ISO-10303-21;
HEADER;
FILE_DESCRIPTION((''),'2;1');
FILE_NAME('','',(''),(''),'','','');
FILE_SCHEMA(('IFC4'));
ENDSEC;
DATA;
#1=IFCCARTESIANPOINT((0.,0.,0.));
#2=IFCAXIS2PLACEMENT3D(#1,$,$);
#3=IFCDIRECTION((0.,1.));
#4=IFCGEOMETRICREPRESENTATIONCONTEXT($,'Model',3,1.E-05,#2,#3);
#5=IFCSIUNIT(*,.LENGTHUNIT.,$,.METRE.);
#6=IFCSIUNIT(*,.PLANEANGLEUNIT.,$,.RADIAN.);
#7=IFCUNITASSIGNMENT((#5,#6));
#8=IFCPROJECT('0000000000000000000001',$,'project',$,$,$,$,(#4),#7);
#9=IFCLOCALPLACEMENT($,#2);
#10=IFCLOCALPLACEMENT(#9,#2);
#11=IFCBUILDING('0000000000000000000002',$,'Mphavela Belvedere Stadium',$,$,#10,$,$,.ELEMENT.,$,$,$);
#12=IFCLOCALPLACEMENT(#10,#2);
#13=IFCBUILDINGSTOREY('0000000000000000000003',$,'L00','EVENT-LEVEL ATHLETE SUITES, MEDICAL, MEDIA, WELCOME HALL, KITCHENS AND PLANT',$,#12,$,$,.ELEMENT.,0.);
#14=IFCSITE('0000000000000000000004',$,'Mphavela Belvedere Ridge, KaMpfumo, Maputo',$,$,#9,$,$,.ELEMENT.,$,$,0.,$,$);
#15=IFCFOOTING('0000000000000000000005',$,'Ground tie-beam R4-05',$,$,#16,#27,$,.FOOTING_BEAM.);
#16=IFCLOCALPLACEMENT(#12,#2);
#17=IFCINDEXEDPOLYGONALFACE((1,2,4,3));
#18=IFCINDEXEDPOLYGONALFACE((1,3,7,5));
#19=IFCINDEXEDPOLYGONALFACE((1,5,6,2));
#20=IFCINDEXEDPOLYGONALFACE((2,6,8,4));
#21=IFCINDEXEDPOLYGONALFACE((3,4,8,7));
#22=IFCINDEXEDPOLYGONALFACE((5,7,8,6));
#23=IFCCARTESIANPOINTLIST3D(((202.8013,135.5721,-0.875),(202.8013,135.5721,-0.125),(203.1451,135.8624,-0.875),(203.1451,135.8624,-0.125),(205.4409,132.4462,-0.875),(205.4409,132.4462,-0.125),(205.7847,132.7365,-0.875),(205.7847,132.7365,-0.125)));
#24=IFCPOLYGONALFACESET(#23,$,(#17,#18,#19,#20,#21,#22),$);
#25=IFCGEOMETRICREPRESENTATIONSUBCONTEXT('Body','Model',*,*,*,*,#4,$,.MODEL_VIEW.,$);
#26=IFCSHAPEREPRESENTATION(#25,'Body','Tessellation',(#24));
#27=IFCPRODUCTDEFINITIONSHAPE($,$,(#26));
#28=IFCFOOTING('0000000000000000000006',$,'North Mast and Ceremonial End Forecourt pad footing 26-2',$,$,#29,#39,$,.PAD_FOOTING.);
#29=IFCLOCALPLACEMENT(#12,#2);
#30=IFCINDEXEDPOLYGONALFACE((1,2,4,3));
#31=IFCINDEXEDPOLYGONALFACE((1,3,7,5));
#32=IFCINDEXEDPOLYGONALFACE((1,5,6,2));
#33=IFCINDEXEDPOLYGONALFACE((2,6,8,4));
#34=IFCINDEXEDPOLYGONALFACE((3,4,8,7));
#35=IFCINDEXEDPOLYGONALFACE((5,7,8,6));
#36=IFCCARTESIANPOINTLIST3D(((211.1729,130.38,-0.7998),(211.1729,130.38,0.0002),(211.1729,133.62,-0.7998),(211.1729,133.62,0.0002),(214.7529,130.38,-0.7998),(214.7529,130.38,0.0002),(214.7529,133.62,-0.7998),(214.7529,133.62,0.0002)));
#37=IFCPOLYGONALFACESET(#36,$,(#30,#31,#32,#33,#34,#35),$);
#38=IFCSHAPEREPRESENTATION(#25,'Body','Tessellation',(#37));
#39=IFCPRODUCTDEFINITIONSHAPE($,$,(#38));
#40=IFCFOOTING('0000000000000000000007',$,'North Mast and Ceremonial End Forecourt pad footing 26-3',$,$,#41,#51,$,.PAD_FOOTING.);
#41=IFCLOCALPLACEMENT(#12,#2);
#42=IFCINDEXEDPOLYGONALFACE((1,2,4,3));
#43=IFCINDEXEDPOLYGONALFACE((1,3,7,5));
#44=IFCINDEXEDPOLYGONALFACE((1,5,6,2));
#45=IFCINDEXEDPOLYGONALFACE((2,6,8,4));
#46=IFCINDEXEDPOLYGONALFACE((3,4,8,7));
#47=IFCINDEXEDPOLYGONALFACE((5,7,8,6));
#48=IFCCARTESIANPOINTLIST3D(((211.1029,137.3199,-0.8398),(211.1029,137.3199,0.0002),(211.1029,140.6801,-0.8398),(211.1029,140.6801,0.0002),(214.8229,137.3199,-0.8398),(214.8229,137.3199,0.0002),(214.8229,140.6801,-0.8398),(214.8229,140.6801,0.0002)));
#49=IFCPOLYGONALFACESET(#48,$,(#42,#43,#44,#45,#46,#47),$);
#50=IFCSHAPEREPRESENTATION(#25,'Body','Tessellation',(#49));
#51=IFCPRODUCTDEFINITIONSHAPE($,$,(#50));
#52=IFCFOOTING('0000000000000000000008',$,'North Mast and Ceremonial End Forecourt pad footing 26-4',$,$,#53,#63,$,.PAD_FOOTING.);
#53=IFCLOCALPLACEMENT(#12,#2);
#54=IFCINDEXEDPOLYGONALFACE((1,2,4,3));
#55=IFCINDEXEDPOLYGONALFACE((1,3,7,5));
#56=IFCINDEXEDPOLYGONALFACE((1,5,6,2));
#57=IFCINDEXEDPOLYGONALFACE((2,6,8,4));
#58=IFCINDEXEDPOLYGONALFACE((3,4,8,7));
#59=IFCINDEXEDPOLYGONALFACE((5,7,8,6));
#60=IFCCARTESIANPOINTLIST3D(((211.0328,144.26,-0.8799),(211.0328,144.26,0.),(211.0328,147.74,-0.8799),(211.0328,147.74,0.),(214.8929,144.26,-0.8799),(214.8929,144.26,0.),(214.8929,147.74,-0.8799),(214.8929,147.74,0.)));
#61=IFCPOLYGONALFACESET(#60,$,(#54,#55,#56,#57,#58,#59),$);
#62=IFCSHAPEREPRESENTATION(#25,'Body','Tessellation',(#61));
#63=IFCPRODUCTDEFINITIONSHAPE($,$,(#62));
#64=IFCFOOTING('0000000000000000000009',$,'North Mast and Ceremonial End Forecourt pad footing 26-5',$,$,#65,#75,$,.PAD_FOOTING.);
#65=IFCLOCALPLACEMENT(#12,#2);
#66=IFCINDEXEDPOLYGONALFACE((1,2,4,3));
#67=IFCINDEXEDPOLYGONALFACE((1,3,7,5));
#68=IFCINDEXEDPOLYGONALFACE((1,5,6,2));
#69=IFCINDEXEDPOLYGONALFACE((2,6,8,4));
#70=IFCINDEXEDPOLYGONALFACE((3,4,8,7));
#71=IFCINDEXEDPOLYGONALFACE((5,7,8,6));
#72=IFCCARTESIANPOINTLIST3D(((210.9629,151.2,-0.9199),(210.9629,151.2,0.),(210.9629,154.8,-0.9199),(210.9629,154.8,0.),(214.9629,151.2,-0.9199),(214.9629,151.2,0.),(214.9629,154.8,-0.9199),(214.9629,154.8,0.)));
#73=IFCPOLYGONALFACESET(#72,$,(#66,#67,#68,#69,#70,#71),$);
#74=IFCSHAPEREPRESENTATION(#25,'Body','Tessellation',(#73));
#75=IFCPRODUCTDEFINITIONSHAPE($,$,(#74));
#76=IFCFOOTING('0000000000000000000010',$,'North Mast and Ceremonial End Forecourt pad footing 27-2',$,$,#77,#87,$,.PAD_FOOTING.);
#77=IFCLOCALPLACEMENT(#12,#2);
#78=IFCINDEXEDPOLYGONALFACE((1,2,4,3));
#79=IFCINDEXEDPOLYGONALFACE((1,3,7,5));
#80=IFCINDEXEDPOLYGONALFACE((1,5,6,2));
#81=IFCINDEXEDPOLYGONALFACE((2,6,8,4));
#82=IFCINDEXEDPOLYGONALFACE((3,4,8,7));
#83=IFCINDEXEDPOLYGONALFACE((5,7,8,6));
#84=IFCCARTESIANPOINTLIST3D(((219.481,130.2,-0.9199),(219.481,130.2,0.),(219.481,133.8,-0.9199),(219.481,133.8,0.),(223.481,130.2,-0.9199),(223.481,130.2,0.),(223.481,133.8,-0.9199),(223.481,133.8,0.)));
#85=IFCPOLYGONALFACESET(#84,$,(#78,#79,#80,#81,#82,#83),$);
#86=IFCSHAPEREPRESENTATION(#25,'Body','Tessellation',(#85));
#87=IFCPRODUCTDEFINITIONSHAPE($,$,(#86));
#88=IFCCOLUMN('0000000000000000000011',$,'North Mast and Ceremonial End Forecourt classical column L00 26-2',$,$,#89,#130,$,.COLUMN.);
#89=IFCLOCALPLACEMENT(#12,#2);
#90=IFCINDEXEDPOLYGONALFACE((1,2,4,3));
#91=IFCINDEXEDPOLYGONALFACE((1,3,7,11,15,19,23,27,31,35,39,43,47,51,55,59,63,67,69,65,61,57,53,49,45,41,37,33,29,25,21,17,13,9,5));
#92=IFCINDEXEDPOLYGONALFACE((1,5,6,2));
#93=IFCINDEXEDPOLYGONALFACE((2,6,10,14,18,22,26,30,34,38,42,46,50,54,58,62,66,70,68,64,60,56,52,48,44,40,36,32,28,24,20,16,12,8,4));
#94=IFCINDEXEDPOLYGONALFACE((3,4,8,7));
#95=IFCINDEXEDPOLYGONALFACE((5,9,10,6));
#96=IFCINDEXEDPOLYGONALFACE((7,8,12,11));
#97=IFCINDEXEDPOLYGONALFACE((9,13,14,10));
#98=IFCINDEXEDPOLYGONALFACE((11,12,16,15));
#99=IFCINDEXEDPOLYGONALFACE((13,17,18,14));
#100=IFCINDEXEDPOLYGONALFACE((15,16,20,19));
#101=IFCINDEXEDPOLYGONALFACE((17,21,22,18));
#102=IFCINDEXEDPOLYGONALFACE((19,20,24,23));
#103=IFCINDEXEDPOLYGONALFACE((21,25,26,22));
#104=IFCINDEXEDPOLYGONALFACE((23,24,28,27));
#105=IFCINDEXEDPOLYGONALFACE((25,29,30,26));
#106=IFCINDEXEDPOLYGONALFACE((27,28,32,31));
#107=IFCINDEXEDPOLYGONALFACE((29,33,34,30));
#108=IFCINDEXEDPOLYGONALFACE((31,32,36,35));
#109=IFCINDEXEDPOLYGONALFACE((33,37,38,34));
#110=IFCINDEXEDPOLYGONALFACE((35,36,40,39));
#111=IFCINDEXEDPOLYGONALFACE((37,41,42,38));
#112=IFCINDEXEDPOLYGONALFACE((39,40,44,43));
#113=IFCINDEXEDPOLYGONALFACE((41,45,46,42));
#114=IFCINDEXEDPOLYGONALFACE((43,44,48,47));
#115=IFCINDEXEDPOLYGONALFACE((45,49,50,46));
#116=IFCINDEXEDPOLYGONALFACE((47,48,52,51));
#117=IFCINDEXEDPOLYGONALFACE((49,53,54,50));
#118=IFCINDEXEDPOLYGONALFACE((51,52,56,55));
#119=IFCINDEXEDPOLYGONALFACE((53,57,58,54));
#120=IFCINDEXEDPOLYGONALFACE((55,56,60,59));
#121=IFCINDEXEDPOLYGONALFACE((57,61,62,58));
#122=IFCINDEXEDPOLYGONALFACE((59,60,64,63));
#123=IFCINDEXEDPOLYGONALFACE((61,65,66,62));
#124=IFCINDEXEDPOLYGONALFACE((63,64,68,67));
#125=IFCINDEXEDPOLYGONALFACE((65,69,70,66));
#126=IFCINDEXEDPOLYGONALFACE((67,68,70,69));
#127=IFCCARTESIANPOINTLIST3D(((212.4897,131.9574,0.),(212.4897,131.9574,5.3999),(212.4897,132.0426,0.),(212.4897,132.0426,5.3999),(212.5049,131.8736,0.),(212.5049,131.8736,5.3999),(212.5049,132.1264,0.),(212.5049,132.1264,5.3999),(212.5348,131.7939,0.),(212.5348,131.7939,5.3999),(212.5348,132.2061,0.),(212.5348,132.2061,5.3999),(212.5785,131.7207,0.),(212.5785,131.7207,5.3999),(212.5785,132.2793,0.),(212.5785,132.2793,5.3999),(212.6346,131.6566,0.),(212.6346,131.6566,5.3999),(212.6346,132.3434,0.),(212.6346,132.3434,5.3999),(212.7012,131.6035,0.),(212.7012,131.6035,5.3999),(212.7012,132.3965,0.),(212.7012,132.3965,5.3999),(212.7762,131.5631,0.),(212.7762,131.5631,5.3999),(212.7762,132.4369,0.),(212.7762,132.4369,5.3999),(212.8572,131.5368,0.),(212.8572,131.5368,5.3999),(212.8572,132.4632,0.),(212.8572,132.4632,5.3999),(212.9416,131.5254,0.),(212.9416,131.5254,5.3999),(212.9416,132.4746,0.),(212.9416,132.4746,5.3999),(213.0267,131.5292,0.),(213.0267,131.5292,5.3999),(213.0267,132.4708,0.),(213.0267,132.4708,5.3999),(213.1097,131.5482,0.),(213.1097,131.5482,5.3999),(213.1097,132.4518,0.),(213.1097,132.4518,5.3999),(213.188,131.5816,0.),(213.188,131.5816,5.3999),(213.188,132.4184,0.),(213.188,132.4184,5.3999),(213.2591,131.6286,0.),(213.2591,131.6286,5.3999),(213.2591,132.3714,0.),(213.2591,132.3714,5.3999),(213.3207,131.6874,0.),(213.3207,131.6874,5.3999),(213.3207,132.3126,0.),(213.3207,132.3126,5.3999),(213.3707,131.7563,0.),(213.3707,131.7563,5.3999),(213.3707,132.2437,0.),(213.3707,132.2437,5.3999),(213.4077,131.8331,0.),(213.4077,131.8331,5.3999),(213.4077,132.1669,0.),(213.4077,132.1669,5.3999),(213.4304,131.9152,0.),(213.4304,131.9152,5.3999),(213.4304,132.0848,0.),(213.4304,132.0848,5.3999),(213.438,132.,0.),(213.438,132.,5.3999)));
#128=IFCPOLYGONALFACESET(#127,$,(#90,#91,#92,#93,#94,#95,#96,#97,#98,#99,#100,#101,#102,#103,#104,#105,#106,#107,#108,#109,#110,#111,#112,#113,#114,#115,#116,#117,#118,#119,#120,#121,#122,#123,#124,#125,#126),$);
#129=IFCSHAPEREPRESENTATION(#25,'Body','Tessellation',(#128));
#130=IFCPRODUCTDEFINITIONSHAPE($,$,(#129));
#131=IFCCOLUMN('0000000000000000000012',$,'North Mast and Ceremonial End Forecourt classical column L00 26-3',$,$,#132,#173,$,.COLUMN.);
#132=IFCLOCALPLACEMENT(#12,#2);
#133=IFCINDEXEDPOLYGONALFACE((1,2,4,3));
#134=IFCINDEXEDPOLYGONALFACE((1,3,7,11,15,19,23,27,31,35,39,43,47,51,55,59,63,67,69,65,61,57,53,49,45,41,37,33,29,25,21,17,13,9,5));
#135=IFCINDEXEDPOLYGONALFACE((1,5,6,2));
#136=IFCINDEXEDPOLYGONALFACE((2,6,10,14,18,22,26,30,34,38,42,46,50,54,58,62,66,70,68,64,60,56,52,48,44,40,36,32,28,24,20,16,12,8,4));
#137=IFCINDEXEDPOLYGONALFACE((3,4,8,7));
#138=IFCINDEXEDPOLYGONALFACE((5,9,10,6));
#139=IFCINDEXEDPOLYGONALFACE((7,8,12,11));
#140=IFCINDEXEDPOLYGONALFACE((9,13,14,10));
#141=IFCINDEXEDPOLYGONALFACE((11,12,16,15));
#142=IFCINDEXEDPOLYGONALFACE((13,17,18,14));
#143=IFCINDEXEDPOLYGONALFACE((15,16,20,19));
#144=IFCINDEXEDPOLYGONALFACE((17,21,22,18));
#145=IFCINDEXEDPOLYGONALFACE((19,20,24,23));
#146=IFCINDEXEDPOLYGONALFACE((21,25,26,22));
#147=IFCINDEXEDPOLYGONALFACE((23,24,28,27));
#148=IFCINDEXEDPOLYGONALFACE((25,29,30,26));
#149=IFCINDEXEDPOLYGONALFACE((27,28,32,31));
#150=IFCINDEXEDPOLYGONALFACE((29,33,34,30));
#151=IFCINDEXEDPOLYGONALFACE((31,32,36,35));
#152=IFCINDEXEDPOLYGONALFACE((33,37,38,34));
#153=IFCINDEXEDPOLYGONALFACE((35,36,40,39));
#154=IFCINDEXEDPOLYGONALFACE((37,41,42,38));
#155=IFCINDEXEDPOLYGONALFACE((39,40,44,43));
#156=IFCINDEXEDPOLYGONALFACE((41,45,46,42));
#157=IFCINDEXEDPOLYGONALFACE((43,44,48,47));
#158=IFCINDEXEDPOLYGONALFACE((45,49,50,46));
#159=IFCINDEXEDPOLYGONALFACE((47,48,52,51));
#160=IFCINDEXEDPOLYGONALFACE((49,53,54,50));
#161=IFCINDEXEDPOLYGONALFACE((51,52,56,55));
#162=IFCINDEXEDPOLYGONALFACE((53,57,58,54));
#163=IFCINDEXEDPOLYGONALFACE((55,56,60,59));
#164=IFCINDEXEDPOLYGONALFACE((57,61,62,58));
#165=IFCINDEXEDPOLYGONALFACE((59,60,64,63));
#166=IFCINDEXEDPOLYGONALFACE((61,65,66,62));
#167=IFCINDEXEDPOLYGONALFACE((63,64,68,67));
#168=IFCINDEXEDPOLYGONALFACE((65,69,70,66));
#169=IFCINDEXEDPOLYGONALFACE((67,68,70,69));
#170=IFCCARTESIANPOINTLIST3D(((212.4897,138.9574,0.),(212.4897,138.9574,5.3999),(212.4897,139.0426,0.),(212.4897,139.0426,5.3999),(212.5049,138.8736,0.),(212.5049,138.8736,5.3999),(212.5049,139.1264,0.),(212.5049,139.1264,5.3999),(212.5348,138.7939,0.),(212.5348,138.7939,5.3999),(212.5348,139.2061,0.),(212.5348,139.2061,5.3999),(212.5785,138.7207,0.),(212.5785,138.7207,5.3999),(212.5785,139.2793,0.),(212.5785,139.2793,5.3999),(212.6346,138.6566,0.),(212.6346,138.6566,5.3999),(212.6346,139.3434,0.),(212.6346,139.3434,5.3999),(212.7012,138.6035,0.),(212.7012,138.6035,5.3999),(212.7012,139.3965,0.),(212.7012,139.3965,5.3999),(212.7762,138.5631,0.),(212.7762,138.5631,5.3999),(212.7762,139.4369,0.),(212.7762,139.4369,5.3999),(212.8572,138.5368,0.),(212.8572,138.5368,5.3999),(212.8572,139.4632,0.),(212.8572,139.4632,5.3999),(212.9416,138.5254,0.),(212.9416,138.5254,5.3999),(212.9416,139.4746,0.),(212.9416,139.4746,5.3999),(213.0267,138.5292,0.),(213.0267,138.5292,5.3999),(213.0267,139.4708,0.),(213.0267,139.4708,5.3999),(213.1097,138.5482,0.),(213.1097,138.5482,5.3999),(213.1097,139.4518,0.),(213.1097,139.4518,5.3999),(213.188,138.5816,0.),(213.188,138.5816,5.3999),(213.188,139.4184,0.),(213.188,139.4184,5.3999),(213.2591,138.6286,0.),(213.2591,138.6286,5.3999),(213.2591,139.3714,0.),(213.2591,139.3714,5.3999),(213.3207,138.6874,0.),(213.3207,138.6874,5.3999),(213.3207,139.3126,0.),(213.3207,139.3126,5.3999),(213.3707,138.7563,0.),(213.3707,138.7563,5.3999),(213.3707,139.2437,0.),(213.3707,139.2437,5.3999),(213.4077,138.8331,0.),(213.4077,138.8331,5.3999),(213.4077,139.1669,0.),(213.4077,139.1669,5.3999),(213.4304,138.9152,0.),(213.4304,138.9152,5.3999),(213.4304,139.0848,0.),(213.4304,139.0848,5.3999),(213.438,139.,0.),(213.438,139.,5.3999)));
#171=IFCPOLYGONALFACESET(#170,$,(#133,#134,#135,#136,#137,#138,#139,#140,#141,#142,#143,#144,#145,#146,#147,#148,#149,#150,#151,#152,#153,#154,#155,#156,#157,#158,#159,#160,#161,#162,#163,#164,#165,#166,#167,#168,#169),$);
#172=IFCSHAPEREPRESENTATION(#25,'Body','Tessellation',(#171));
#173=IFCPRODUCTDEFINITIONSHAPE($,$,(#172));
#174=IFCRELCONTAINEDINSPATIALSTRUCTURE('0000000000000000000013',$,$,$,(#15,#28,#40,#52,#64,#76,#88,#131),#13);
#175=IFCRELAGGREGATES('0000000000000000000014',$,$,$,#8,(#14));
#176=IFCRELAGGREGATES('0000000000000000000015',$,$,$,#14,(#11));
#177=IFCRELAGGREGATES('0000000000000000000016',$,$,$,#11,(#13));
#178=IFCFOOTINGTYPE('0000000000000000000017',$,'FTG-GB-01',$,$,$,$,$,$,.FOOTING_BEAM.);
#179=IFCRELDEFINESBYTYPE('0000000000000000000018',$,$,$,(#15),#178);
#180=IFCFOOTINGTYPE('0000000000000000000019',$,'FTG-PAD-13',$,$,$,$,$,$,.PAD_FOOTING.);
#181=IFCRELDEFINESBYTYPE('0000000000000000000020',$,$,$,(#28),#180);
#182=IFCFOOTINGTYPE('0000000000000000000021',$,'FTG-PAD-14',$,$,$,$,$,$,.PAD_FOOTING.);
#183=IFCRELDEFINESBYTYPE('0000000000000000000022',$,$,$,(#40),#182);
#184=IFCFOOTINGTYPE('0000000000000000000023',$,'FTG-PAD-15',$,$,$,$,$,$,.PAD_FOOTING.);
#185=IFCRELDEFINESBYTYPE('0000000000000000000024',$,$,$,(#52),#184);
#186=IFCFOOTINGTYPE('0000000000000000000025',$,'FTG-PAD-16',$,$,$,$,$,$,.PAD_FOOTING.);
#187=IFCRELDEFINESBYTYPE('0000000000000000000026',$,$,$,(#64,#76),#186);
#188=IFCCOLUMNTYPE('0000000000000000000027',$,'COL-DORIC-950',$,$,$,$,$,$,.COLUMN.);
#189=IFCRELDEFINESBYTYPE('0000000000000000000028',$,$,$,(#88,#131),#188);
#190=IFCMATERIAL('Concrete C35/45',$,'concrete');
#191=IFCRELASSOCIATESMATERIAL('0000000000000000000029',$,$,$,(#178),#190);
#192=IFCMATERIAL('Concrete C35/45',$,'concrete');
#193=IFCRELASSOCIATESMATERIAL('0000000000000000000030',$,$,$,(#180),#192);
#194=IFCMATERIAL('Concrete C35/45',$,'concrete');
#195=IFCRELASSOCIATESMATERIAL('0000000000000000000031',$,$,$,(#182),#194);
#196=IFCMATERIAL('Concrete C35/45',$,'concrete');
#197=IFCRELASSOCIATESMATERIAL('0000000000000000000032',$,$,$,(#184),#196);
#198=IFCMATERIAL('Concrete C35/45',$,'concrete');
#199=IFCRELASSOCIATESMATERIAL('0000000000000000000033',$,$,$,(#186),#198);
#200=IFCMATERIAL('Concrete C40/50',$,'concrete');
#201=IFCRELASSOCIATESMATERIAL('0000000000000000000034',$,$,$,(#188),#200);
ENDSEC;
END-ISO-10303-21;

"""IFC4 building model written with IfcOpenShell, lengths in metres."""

from ifc_helpers import new_model, si_unit, direction, frame, origin, origin_2d, place, context, subcontext, project, spatial, rectangle, circle, extrude, material, material_profile, profile_set, type_object, element, save


model = new_model("IFC4")

# Units and contexts
model_context = context("Model", 3, precision=1e-05, world=origin(), true_north=direction((0.0, 1.0)))
body_context = subcontext(model_context, "Body", "Model", "MODEL_VIEW")
ifc_project = project(units=[si_unit("LENGTHUNIT", "METRE"), si_unit("PLANEANGLEUNIT", "RADIAN")], contexts=[model_context])

# Site, building, storey
site_placement = place(None, origin())
site = spatial("IfcSite", under=ifc_project, at=site_placement, Name="Mphavela Belvedere Ridge, KaMpfumo, Maputo", CompositionType="ELEMENT", RefElevation=0.0)
building_placement = place(site_placement, origin())
building = spatial("IfcBuilding", under=site, at=building_placement, Name="Mphavela Belvedere Stadium", CompositionType="ELEMENT")
storey_placement = place(building_placement, origin())
storey = spatial("IfcBuildingStorey", under=building, at=storey_placement, Name="L00", Description="EVENT-LEVEL ATHLETE SUITES, MEDICAL, MEDIA, WELCOME HALL, KITCHENS AND PLANT", CompositionType="ELEMENT", Elevation=0.0)

# Footings
ifc_material_1 = material(Name="Concrete C35/45", Category="concrete")
ifc_material_profile_1 = material_profile(ifc_material_1, rectangle(XDim=0.45, YDim=0.75, at=origin_2d()), Name="GB 450x750")
ifc_profile_set_1 = profile_set([ifc_material_profile_1], Name="Concrete C35/45")
footing_type_1 = type_object("IfcFootingType", Name="FTG-GB-01", PredefinedType="FOOTING_BEAM", material=ifc_profile_set_1)
footing_1_placement = place(storey_placement, frame((205.6128, 132.5913, -0.5), z_axis=(-0.645172, 0.764038, 0.0), x_axis=(-0.764038, -0.645172, 0.0)))
element("IfcFooting", 1, at=footing_1_placement, inside=storey, type_object=footing_type_1, Name="Ground tie-beam R4-05", PredefinedType="FOOTING_BEAM", context=body_context, shape_type="SweptSolid", body=[
    extrude(rectangle(XDim=0.45, YDim=0.75, at=origin_2d()), origin(), (0.0, 0.0, 1.0), 4.0913),
])
ifc_material_2 = material(Name="Concrete C35/45", Category="concrete")
footing_type_2 = type_object("IfcFootingType", Name="FTG-PAD-13", PredefinedType="PAD_FOOTING", material=ifc_material_2)
footing_2_placement = place(storey_placement, frame((212.9629, 132.0, -0.7998), z_axis=(0.0, 0.0, 1.0), x_axis=(1.0, 0.0, 0.0)))
element("IfcFooting", 2, at=footing_2_placement, inside=storey, type_object=footing_type_2, Name="North Mast and Ceremonial End Forecourt pad footing 26-2", PredefinedType="PAD_FOOTING", context=body_context, shape_type="SweptSolid", body=[
    extrude(rectangle(XDim=3.5801, YDim=3.24, at=origin_2d()), origin(), (0.0, 0.0, 1.0), 0.8),
])
ifc_material_3 = material(Name="Concrete C35/45", Category="concrete")
footing_type_3 = type_object("IfcFootingType", Name="FTG-PAD-14", PredefinedType="PAD_FOOTING", material=ifc_material_3)
footing_3_placement = place(storey_placement, frame((212.9629, 139.0, -0.8398), z_axis=(0.0, 0.0, 1.0), x_axis=(1.0, 0.0, 0.0)))
element("IfcFooting", 3, at=footing_3_placement, inside=storey, type_object=footing_type_3, Name="North Mast and Ceremonial End Forecourt pad footing 26-3", PredefinedType="PAD_FOOTING", context=body_context, shape_type="SweptSolid", body=[
    extrude(rectangle(XDim=3.72, YDim=3.3601, at=origin_2d()), origin(), (0.0, 0.0, 1.0), 0.8401),
])
ifc_material_4 = material(Name="Concrete C35/45", Category="concrete")
footing_type_4 = type_object("IfcFootingType", Name="FTG-PAD-15", PredefinedType="PAD_FOOTING", material=ifc_material_4)
footing_4_placement = place(storey_placement, frame((212.9629, 146.0, -0.8799), z_axis=(0.0, 0.0, 1.0), x_axis=(1.0, 0.0, 0.0)))
element("IfcFooting", 4, at=footing_4_placement, inside=storey, type_object=footing_type_4, Name="North Mast and Ceremonial End Forecourt pad footing 26-4", PredefinedType="PAD_FOOTING", context=body_context, shape_type="SweptSolid", body=[
    extrude(rectangle(XDim=3.8601, YDim=3.48, at=origin_2d()), origin(), (0.0, 0.0, 1.0), 0.8799),
])
ifc_material_5 = material(Name="Concrete C35/45", Category="concrete")
footing_type_5 = type_object("IfcFootingType", Name="FTG-PAD-16", PredefinedType="PAD_FOOTING", material=ifc_material_5)
for number, where, z_axis, x_axis, name in (
    (5, (212.9629, 153.0, -0.9199), (0.0, 0.0, 1.0), (1.0, 0.0, 0.0), "North Mast and Ceremonial End Forecourt pad footing 26-5"),
    (6, (221.481, 132.0, -0.9199), (0.0, 0.0, 1.0), (1.0, 0.0, 0.0), "North Mast and Ceremonial End Forecourt pad footing 27-2"),
):
    element("IfcFooting", number, at=place(storey_placement, frame(where, z_axis=z_axis, x_axis=x_axis)), inside=storey, type_object=footing_type_5, Name=name, PredefinedType="PAD_FOOTING", context=body_context, shape_type="SweptSolid", body=[
        extrude(rectangle(XDim=4.0, YDim=3.6001, at=origin_2d()), origin(), (0.0, 0.0, 1.0), 0.9199),
    ])

# Columns
ifc_material_6 = material(Name="Concrete C40/50", Category="concrete")
ifc_material_profile_2 = material_profile(ifc_material_6, circle(Radius=0.4751, at=origin_2d()), Name="COL D950")
ifc_profile_set_2 = profile_set([ifc_material_profile_2], Name="Concrete C40/50")
column_type = type_object("IfcColumnType", Name="COL-DORIC-950", PredefinedType="COLUMN", material=ifc_profile_set_2)
for number, where, z_axis, x_axis, name in (
    (7, (212.9629, 132.0, 0.0), (0.0, 0.0, 1.0), (1.0, 0.0, 0.0), "North Mast and Ceremonial End Forecourt classical column L00 26-2"),
    (8, (212.9629, 139.0, 0.0), (0.0, 0.0, 1.0), (1.0, 0.0, 0.0), "North Mast and Ceremonial End Forecourt classical column L00 26-3"),
):
    element("IfcColumn", number, at=place(storey_placement, frame(where, z_axis=z_axis, x_axis=x_axis)), inside=storey, type_object=column_type, Name=name, PredefinedType="COLUMN", context=body_context, shape_type="SweptSolid", body=[
        extrude(circle(Radius=0.4751, at=origin_2d()), origin(), (0.0, 0.0, 1.0), 5.3999),
    ])

save(model, "model.ifc")
